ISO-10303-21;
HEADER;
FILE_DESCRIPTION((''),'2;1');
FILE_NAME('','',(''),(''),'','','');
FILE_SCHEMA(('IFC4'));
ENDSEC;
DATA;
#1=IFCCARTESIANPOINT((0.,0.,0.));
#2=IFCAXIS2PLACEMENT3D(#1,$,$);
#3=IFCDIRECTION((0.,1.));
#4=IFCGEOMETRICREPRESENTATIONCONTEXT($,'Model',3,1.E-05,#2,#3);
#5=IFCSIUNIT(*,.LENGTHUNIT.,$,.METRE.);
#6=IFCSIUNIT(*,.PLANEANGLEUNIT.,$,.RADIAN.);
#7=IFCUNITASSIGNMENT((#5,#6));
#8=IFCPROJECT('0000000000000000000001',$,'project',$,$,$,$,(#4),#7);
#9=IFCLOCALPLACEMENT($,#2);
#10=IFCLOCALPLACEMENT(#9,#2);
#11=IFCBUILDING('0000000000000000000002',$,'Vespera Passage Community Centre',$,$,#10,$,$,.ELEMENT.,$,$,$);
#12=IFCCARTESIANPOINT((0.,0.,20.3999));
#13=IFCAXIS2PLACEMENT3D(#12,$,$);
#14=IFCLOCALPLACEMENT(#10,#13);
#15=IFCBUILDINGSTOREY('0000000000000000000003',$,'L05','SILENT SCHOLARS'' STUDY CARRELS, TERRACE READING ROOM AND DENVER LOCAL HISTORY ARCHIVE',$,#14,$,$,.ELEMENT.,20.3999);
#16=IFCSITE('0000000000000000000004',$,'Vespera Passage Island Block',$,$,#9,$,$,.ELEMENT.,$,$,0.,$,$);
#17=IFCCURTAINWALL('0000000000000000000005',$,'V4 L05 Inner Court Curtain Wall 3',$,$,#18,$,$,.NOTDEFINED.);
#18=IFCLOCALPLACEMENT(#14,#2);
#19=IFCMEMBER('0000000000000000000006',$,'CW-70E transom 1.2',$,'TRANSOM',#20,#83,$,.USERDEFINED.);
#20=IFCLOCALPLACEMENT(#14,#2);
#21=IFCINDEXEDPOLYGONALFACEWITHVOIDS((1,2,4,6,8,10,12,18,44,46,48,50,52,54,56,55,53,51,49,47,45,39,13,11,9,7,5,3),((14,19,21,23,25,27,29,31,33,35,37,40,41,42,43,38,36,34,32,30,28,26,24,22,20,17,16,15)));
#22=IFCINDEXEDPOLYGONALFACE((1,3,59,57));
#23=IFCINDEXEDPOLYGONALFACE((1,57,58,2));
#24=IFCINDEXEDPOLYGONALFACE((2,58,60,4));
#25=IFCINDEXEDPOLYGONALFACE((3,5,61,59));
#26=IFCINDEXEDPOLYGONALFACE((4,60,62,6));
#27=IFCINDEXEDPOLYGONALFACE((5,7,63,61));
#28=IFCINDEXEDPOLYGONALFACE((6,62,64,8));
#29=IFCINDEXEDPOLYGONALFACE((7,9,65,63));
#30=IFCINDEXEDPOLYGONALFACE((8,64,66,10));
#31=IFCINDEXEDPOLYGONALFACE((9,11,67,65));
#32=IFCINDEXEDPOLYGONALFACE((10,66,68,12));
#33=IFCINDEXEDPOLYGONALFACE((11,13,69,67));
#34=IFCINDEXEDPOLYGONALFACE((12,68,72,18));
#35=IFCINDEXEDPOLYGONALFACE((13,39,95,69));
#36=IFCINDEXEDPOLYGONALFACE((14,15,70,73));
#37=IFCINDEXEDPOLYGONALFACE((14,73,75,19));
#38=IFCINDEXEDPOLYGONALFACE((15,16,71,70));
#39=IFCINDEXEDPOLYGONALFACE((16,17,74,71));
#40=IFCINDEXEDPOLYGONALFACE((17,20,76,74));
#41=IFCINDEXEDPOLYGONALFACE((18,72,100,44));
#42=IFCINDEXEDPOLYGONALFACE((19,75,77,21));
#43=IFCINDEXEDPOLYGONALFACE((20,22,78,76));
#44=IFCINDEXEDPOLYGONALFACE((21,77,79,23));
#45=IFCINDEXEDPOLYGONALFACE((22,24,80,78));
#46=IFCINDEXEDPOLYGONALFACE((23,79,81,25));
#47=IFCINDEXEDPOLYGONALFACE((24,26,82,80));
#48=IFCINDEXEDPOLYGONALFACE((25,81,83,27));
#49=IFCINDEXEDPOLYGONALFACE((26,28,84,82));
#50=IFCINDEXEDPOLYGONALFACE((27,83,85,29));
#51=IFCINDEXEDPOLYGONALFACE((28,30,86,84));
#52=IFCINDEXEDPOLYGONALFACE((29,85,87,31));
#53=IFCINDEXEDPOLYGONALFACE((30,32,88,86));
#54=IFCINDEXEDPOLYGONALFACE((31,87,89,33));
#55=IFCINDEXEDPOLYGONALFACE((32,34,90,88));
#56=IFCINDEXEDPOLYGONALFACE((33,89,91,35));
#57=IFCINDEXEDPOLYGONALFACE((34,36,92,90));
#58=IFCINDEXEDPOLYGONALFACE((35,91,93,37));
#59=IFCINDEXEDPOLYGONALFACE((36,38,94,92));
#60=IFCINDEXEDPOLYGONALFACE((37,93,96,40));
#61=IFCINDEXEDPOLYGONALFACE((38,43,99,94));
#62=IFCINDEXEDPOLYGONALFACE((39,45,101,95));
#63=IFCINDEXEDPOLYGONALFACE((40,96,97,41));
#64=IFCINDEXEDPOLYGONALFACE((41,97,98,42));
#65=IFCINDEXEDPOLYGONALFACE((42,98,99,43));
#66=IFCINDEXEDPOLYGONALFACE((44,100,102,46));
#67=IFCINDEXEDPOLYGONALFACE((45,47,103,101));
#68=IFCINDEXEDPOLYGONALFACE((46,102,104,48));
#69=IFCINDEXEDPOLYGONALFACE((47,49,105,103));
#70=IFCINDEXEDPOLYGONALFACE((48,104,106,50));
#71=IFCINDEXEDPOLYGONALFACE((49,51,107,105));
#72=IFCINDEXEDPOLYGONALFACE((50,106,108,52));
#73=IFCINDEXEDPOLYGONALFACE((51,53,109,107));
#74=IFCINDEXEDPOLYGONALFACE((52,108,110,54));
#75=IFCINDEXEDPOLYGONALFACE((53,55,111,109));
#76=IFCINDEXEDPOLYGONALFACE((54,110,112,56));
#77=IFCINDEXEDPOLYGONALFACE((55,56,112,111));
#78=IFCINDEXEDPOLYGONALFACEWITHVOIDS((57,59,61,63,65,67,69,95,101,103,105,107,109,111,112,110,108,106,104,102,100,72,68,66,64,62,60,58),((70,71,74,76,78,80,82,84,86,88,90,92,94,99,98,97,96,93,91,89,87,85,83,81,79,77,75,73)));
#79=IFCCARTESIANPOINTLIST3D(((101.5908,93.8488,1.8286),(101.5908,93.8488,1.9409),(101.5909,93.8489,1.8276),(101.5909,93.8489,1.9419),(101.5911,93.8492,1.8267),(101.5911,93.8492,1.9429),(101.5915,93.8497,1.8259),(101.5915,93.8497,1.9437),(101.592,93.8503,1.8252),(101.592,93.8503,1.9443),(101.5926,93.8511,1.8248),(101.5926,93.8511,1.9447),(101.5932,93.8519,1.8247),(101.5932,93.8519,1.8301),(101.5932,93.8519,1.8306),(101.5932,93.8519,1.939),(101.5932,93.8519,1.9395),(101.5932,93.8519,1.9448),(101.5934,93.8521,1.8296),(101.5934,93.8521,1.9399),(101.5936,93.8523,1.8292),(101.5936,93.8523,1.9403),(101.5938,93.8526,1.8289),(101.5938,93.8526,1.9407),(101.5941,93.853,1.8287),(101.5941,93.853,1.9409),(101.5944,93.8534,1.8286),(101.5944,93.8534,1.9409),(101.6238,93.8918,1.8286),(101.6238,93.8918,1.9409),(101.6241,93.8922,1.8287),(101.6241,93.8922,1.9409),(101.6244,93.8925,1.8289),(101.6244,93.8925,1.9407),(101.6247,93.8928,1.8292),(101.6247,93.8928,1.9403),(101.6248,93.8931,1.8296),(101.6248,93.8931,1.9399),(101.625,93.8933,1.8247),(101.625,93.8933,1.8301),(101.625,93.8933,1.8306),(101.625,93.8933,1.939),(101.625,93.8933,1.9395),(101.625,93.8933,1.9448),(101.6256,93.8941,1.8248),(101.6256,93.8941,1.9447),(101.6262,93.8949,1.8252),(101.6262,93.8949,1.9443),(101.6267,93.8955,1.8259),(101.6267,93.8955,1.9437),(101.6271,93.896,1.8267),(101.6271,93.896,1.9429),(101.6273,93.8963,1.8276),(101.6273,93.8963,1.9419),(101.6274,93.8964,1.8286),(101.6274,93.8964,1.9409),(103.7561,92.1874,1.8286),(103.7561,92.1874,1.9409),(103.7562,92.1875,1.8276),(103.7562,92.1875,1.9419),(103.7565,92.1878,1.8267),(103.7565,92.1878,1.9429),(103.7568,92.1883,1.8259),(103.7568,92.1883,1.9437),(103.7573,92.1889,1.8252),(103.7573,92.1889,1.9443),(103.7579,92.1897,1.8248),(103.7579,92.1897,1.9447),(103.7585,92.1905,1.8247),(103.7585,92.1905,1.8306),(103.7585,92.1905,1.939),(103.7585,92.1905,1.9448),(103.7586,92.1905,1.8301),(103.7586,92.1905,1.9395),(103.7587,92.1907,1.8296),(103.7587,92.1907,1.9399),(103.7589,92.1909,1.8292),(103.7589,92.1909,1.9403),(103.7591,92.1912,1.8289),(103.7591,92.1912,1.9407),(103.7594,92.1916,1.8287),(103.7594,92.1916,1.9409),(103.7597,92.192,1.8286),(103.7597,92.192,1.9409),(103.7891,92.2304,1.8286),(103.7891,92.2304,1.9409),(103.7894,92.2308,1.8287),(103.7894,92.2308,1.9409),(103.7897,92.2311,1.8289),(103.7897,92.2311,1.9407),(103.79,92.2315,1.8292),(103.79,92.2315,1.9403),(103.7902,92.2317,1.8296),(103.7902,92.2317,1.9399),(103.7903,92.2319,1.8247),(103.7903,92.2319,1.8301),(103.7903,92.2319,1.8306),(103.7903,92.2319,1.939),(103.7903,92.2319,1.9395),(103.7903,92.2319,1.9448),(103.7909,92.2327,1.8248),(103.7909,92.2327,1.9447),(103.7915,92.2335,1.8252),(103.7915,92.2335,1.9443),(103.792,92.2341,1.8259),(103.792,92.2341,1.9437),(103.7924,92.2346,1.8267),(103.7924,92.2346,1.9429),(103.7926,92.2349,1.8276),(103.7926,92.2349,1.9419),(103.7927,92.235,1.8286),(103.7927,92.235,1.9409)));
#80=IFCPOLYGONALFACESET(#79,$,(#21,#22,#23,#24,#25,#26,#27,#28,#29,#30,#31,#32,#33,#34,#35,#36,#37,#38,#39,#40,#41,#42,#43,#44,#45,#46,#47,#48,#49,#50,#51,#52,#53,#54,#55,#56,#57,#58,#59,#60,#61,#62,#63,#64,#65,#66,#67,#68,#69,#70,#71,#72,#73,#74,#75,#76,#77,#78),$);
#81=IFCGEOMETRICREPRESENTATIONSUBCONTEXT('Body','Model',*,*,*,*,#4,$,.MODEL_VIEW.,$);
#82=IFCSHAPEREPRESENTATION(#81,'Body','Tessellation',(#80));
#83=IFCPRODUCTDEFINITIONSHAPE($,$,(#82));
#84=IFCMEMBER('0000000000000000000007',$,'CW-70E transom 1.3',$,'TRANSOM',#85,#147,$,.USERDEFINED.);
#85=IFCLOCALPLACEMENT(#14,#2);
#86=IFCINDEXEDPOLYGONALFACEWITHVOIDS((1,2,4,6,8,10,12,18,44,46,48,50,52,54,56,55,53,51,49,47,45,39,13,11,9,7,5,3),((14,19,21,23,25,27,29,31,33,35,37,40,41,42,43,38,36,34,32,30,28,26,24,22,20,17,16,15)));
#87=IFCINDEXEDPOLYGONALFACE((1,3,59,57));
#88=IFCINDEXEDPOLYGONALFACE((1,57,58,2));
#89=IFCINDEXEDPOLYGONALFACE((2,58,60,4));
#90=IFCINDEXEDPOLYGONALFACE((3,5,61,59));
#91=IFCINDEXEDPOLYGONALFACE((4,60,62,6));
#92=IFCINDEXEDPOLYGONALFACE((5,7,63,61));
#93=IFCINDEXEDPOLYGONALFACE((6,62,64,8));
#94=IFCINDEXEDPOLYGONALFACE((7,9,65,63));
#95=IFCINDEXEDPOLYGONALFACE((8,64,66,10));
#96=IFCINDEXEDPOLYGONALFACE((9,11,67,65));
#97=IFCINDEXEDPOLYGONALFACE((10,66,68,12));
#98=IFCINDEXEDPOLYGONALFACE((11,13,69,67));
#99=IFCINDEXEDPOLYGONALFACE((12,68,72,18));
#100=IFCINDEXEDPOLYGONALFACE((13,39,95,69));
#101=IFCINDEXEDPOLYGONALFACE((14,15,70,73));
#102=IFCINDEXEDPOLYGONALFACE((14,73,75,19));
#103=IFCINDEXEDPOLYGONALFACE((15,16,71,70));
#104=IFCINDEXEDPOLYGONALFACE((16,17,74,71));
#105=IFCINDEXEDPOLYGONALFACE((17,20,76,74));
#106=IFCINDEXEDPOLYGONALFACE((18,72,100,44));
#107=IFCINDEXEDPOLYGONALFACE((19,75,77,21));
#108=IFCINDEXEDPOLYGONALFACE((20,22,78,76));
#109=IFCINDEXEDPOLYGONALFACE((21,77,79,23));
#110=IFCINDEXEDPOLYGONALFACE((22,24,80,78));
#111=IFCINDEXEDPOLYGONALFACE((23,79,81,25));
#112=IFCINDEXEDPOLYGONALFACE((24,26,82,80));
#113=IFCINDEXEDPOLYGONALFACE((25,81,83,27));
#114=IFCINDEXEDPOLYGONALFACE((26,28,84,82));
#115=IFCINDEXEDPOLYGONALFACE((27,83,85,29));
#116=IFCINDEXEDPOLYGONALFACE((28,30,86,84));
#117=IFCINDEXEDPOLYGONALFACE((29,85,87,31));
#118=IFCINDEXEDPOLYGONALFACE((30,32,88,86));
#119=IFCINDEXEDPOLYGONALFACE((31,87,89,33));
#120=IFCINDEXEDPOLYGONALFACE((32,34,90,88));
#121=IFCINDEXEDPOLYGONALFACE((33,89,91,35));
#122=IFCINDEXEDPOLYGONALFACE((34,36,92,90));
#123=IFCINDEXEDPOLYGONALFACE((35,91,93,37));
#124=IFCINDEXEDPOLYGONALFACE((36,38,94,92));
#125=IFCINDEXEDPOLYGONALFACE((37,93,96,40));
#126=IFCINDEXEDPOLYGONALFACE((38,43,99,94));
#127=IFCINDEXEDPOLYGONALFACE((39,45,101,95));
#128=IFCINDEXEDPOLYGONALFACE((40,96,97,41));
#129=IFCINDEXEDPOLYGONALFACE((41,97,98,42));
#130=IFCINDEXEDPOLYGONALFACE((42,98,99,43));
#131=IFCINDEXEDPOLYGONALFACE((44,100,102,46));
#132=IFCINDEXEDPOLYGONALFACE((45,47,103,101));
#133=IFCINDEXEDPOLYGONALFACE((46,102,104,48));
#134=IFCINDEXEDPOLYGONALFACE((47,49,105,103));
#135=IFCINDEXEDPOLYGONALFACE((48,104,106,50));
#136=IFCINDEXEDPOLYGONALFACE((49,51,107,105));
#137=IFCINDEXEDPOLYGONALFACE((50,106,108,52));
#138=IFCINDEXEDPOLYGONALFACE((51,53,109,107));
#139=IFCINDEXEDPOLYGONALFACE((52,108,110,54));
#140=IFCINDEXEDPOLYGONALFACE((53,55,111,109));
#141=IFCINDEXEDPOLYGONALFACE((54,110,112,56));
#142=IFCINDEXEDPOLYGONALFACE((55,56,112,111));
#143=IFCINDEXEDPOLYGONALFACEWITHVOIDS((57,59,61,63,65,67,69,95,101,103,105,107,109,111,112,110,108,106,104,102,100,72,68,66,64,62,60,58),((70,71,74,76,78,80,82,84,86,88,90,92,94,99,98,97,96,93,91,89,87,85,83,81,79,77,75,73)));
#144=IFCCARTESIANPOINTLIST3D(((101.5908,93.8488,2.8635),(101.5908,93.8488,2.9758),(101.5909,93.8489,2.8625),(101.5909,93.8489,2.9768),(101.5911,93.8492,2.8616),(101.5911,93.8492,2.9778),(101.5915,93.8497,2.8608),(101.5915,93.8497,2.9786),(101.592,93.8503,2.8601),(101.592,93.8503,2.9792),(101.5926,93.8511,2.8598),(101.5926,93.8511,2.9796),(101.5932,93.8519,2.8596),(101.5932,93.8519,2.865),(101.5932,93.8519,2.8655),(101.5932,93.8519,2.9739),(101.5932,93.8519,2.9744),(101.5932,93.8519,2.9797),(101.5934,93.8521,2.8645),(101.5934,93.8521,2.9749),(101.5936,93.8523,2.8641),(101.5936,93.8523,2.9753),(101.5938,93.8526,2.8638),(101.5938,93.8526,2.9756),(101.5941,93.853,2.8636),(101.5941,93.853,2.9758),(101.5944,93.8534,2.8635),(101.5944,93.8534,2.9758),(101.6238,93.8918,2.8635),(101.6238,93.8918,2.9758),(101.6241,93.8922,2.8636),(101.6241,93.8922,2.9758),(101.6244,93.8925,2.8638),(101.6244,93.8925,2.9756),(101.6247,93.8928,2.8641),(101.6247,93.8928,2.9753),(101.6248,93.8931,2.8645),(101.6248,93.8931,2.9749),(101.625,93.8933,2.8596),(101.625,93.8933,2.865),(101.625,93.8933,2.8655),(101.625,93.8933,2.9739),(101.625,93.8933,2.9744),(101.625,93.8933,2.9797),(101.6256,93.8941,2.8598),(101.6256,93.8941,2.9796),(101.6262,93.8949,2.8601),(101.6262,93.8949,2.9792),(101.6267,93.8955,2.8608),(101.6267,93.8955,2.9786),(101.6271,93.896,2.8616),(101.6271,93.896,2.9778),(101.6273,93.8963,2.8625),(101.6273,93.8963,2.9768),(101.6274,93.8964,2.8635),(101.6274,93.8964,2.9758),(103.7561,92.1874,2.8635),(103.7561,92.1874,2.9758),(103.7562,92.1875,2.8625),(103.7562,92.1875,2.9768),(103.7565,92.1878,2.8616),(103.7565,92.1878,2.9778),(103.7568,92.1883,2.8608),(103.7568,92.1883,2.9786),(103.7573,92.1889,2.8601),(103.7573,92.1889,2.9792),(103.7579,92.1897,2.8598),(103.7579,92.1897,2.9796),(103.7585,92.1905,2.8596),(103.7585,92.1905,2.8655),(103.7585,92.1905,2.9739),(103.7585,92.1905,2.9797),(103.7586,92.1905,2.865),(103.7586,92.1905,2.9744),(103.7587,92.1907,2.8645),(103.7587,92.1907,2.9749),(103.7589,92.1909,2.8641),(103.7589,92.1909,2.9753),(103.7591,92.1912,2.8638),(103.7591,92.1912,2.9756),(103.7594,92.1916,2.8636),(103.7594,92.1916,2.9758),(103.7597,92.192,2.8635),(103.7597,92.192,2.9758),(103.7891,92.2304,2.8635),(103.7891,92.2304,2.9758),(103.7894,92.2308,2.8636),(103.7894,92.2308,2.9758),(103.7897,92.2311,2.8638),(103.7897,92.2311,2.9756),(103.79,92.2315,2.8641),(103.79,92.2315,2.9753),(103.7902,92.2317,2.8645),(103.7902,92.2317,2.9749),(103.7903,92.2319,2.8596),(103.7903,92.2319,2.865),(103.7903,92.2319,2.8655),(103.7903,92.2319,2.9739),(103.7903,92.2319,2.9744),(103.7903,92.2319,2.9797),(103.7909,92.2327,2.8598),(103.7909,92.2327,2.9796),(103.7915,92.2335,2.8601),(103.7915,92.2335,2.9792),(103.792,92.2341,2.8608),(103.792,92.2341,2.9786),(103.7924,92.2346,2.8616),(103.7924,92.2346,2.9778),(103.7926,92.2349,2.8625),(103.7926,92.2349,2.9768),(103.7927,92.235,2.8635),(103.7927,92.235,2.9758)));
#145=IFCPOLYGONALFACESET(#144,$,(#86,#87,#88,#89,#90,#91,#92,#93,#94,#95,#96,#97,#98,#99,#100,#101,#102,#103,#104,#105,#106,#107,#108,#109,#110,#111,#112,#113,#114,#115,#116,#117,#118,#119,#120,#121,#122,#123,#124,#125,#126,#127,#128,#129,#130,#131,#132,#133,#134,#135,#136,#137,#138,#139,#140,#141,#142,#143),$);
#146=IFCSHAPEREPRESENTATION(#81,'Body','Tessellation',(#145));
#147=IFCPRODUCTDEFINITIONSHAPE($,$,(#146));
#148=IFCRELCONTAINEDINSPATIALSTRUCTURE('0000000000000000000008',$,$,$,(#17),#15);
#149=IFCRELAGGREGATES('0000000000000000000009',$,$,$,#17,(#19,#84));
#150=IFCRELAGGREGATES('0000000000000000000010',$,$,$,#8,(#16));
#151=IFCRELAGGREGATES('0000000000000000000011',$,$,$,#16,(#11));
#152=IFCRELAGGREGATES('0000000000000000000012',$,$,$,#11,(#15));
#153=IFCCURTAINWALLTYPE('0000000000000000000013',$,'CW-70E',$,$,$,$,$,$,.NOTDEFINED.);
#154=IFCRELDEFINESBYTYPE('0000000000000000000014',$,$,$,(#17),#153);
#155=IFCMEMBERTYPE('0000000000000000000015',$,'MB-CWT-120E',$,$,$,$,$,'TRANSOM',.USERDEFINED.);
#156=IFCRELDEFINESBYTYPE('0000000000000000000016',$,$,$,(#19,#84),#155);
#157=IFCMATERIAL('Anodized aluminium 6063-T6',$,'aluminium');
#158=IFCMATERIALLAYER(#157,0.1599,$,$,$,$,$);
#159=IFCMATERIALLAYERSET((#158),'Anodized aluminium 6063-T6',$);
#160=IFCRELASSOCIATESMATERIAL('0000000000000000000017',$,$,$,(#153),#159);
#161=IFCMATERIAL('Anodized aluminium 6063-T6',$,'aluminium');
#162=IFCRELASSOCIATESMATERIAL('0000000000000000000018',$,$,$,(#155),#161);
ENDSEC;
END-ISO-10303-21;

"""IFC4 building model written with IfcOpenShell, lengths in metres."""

from ifc_helpers import new_model, si_unit, direction, frame, origin, origin_2d, place, context, subcontext, project, spatial, hollow_rectangle, extrude, material, layer, layer_set, material_profile, profile_set, type_object, element, aggregate, save


model = new_model("IFC4")

# Units and contexts
model_context = context("Model", 3, precision=1e-05, world=origin(), true_north=direction((0.0, 1.0)))
body_context = subcontext(model_context, "Body", "Model", "MODEL_VIEW")
ifc_project = project(units=[si_unit("LENGTHUNIT", "METRE"), si_unit("PLANEANGLEUNIT", "RADIAN")], contexts=[model_context])

# Site, building, storey
site_placement = place(None, origin())
site = spatial("IfcSite", under=ifc_project, at=site_placement, Name="Vespera Passage Island Block", CompositionType="ELEMENT", RefElevation=0.0)
building_placement = place(site_placement, origin())
building = spatial("IfcBuilding", under=site, at=building_placement, Name="Vespera Passage Community Centre", CompositionType="ELEMENT")
storey_placement = place(building_placement, frame((0.0, 0.0, 20.3999)))
storey = spatial("IfcBuildingStorey", under=building, at=storey_placement, Name="L05", Description="SILENT SCHOLARS' STUDY CARRELS, TERRACE READING ROOM AND DENVER LOCAL HISTORY ARCHIVE", CompositionType="ELEMENT", Elevation=20.3999)

# Curtain wall, members
ifc_material_1 = material(Name="Anodized aluminium 6063-T6", Category="aluminium")
ifc_layer_1 = layer(ifc_material_1, 0.1599)
ifc_layer_set_1 = layer_set([ifc_layer_1], Name="Anodized aluminium 6063-T6")
curtain_wall_type_1 = type_object("IfcCurtainWallType", Name="CW-70E", PredefinedType="NOTDEFINED", material=ifc_layer_set_1)
curtain_wall_1_placement = place(storey_placement, origin())
curtain_wall_1 = element("IfcCurtainWall", 1, at=curtain_wall_1_placement, inside=storey, type_object=curtain_wall_type_1, Name="V4 L05 Inner Court Curtain Wall 3", PredefinedType="NOTDEFINED")
ifc_material_2 = material(Name="Anodized aluminium 6063-T6", Category="aluminium")
ifc_material_profile_1 = material_profile(ifc_material_2, hollow_rectangle(XDim=0.0601, YDim=0.1201, WallThickness=0.0039, InnerFilletRadius=0.002, OuterFilletRadius=0.0039, at=origin_2d()), Name="ALU120X60X4")
ifc_profile_set_1 = profile_set([ifc_material_profile_1], Name="Anodized aluminium 6063-T6")
member_type_1 = type_object("IfcMemberType", Name="MB-CWT-120E", ElementType="TRANSOM", PredefinedType="USERDEFINED", material=ifc_profile_set_1)
member_1_placement = place(storey_placement, frame((103.7744, 92.2112, 1.8848), z_axis=(-0.793372, 0.608738, 0.0), x_axis=(-0.608738, -0.793372, 0.0)))
member_1 = element("IfcMember", 2, at=member_1_placement, type_object=member_type_1, Name="CW-70E transom 1.2", ObjectType="TRANSOM", PredefinedType="USERDEFINED", context=body_context, shape_type="SweptSolid", body=[
    extrude(hollow_rectangle(XDim=0.0601, YDim=0.1201, WallThickness=0.0039, InnerFilletRadius=0.002, OuterFilletRadius=0.0039, at=origin_2d()), origin(), (0.0, 0.0, 1.0), 2.7292),
])
member_2_placement = place(storey_placement, frame((103.7744, 92.2112, 2.9197), z_axis=(-0.793372, 0.608738, 0.0), x_axis=(-0.608738, -0.793372, 0.0)))
member_2 = element("IfcMember", 3, at=member_2_placement, type_object=member_type_1, Name="CW-70E transom 1.3", ObjectType="TRANSOM", PredefinedType="USERDEFINED", context=body_context, shape_type="SweptSolid", body=[
    extrude(hollow_rectangle(XDim=0.0601, YDim=0.1201, WallThickness=0.0039, InnerFilletRadius=0.002, OuterFilletRadius=0.0039, at=origin_2d()), origin(), (0.0, 0.0, 1.0), 2.7292),
])

aggregate(curtain_wall_1, [member_1, member_2])

save(model, "model.ifc")
